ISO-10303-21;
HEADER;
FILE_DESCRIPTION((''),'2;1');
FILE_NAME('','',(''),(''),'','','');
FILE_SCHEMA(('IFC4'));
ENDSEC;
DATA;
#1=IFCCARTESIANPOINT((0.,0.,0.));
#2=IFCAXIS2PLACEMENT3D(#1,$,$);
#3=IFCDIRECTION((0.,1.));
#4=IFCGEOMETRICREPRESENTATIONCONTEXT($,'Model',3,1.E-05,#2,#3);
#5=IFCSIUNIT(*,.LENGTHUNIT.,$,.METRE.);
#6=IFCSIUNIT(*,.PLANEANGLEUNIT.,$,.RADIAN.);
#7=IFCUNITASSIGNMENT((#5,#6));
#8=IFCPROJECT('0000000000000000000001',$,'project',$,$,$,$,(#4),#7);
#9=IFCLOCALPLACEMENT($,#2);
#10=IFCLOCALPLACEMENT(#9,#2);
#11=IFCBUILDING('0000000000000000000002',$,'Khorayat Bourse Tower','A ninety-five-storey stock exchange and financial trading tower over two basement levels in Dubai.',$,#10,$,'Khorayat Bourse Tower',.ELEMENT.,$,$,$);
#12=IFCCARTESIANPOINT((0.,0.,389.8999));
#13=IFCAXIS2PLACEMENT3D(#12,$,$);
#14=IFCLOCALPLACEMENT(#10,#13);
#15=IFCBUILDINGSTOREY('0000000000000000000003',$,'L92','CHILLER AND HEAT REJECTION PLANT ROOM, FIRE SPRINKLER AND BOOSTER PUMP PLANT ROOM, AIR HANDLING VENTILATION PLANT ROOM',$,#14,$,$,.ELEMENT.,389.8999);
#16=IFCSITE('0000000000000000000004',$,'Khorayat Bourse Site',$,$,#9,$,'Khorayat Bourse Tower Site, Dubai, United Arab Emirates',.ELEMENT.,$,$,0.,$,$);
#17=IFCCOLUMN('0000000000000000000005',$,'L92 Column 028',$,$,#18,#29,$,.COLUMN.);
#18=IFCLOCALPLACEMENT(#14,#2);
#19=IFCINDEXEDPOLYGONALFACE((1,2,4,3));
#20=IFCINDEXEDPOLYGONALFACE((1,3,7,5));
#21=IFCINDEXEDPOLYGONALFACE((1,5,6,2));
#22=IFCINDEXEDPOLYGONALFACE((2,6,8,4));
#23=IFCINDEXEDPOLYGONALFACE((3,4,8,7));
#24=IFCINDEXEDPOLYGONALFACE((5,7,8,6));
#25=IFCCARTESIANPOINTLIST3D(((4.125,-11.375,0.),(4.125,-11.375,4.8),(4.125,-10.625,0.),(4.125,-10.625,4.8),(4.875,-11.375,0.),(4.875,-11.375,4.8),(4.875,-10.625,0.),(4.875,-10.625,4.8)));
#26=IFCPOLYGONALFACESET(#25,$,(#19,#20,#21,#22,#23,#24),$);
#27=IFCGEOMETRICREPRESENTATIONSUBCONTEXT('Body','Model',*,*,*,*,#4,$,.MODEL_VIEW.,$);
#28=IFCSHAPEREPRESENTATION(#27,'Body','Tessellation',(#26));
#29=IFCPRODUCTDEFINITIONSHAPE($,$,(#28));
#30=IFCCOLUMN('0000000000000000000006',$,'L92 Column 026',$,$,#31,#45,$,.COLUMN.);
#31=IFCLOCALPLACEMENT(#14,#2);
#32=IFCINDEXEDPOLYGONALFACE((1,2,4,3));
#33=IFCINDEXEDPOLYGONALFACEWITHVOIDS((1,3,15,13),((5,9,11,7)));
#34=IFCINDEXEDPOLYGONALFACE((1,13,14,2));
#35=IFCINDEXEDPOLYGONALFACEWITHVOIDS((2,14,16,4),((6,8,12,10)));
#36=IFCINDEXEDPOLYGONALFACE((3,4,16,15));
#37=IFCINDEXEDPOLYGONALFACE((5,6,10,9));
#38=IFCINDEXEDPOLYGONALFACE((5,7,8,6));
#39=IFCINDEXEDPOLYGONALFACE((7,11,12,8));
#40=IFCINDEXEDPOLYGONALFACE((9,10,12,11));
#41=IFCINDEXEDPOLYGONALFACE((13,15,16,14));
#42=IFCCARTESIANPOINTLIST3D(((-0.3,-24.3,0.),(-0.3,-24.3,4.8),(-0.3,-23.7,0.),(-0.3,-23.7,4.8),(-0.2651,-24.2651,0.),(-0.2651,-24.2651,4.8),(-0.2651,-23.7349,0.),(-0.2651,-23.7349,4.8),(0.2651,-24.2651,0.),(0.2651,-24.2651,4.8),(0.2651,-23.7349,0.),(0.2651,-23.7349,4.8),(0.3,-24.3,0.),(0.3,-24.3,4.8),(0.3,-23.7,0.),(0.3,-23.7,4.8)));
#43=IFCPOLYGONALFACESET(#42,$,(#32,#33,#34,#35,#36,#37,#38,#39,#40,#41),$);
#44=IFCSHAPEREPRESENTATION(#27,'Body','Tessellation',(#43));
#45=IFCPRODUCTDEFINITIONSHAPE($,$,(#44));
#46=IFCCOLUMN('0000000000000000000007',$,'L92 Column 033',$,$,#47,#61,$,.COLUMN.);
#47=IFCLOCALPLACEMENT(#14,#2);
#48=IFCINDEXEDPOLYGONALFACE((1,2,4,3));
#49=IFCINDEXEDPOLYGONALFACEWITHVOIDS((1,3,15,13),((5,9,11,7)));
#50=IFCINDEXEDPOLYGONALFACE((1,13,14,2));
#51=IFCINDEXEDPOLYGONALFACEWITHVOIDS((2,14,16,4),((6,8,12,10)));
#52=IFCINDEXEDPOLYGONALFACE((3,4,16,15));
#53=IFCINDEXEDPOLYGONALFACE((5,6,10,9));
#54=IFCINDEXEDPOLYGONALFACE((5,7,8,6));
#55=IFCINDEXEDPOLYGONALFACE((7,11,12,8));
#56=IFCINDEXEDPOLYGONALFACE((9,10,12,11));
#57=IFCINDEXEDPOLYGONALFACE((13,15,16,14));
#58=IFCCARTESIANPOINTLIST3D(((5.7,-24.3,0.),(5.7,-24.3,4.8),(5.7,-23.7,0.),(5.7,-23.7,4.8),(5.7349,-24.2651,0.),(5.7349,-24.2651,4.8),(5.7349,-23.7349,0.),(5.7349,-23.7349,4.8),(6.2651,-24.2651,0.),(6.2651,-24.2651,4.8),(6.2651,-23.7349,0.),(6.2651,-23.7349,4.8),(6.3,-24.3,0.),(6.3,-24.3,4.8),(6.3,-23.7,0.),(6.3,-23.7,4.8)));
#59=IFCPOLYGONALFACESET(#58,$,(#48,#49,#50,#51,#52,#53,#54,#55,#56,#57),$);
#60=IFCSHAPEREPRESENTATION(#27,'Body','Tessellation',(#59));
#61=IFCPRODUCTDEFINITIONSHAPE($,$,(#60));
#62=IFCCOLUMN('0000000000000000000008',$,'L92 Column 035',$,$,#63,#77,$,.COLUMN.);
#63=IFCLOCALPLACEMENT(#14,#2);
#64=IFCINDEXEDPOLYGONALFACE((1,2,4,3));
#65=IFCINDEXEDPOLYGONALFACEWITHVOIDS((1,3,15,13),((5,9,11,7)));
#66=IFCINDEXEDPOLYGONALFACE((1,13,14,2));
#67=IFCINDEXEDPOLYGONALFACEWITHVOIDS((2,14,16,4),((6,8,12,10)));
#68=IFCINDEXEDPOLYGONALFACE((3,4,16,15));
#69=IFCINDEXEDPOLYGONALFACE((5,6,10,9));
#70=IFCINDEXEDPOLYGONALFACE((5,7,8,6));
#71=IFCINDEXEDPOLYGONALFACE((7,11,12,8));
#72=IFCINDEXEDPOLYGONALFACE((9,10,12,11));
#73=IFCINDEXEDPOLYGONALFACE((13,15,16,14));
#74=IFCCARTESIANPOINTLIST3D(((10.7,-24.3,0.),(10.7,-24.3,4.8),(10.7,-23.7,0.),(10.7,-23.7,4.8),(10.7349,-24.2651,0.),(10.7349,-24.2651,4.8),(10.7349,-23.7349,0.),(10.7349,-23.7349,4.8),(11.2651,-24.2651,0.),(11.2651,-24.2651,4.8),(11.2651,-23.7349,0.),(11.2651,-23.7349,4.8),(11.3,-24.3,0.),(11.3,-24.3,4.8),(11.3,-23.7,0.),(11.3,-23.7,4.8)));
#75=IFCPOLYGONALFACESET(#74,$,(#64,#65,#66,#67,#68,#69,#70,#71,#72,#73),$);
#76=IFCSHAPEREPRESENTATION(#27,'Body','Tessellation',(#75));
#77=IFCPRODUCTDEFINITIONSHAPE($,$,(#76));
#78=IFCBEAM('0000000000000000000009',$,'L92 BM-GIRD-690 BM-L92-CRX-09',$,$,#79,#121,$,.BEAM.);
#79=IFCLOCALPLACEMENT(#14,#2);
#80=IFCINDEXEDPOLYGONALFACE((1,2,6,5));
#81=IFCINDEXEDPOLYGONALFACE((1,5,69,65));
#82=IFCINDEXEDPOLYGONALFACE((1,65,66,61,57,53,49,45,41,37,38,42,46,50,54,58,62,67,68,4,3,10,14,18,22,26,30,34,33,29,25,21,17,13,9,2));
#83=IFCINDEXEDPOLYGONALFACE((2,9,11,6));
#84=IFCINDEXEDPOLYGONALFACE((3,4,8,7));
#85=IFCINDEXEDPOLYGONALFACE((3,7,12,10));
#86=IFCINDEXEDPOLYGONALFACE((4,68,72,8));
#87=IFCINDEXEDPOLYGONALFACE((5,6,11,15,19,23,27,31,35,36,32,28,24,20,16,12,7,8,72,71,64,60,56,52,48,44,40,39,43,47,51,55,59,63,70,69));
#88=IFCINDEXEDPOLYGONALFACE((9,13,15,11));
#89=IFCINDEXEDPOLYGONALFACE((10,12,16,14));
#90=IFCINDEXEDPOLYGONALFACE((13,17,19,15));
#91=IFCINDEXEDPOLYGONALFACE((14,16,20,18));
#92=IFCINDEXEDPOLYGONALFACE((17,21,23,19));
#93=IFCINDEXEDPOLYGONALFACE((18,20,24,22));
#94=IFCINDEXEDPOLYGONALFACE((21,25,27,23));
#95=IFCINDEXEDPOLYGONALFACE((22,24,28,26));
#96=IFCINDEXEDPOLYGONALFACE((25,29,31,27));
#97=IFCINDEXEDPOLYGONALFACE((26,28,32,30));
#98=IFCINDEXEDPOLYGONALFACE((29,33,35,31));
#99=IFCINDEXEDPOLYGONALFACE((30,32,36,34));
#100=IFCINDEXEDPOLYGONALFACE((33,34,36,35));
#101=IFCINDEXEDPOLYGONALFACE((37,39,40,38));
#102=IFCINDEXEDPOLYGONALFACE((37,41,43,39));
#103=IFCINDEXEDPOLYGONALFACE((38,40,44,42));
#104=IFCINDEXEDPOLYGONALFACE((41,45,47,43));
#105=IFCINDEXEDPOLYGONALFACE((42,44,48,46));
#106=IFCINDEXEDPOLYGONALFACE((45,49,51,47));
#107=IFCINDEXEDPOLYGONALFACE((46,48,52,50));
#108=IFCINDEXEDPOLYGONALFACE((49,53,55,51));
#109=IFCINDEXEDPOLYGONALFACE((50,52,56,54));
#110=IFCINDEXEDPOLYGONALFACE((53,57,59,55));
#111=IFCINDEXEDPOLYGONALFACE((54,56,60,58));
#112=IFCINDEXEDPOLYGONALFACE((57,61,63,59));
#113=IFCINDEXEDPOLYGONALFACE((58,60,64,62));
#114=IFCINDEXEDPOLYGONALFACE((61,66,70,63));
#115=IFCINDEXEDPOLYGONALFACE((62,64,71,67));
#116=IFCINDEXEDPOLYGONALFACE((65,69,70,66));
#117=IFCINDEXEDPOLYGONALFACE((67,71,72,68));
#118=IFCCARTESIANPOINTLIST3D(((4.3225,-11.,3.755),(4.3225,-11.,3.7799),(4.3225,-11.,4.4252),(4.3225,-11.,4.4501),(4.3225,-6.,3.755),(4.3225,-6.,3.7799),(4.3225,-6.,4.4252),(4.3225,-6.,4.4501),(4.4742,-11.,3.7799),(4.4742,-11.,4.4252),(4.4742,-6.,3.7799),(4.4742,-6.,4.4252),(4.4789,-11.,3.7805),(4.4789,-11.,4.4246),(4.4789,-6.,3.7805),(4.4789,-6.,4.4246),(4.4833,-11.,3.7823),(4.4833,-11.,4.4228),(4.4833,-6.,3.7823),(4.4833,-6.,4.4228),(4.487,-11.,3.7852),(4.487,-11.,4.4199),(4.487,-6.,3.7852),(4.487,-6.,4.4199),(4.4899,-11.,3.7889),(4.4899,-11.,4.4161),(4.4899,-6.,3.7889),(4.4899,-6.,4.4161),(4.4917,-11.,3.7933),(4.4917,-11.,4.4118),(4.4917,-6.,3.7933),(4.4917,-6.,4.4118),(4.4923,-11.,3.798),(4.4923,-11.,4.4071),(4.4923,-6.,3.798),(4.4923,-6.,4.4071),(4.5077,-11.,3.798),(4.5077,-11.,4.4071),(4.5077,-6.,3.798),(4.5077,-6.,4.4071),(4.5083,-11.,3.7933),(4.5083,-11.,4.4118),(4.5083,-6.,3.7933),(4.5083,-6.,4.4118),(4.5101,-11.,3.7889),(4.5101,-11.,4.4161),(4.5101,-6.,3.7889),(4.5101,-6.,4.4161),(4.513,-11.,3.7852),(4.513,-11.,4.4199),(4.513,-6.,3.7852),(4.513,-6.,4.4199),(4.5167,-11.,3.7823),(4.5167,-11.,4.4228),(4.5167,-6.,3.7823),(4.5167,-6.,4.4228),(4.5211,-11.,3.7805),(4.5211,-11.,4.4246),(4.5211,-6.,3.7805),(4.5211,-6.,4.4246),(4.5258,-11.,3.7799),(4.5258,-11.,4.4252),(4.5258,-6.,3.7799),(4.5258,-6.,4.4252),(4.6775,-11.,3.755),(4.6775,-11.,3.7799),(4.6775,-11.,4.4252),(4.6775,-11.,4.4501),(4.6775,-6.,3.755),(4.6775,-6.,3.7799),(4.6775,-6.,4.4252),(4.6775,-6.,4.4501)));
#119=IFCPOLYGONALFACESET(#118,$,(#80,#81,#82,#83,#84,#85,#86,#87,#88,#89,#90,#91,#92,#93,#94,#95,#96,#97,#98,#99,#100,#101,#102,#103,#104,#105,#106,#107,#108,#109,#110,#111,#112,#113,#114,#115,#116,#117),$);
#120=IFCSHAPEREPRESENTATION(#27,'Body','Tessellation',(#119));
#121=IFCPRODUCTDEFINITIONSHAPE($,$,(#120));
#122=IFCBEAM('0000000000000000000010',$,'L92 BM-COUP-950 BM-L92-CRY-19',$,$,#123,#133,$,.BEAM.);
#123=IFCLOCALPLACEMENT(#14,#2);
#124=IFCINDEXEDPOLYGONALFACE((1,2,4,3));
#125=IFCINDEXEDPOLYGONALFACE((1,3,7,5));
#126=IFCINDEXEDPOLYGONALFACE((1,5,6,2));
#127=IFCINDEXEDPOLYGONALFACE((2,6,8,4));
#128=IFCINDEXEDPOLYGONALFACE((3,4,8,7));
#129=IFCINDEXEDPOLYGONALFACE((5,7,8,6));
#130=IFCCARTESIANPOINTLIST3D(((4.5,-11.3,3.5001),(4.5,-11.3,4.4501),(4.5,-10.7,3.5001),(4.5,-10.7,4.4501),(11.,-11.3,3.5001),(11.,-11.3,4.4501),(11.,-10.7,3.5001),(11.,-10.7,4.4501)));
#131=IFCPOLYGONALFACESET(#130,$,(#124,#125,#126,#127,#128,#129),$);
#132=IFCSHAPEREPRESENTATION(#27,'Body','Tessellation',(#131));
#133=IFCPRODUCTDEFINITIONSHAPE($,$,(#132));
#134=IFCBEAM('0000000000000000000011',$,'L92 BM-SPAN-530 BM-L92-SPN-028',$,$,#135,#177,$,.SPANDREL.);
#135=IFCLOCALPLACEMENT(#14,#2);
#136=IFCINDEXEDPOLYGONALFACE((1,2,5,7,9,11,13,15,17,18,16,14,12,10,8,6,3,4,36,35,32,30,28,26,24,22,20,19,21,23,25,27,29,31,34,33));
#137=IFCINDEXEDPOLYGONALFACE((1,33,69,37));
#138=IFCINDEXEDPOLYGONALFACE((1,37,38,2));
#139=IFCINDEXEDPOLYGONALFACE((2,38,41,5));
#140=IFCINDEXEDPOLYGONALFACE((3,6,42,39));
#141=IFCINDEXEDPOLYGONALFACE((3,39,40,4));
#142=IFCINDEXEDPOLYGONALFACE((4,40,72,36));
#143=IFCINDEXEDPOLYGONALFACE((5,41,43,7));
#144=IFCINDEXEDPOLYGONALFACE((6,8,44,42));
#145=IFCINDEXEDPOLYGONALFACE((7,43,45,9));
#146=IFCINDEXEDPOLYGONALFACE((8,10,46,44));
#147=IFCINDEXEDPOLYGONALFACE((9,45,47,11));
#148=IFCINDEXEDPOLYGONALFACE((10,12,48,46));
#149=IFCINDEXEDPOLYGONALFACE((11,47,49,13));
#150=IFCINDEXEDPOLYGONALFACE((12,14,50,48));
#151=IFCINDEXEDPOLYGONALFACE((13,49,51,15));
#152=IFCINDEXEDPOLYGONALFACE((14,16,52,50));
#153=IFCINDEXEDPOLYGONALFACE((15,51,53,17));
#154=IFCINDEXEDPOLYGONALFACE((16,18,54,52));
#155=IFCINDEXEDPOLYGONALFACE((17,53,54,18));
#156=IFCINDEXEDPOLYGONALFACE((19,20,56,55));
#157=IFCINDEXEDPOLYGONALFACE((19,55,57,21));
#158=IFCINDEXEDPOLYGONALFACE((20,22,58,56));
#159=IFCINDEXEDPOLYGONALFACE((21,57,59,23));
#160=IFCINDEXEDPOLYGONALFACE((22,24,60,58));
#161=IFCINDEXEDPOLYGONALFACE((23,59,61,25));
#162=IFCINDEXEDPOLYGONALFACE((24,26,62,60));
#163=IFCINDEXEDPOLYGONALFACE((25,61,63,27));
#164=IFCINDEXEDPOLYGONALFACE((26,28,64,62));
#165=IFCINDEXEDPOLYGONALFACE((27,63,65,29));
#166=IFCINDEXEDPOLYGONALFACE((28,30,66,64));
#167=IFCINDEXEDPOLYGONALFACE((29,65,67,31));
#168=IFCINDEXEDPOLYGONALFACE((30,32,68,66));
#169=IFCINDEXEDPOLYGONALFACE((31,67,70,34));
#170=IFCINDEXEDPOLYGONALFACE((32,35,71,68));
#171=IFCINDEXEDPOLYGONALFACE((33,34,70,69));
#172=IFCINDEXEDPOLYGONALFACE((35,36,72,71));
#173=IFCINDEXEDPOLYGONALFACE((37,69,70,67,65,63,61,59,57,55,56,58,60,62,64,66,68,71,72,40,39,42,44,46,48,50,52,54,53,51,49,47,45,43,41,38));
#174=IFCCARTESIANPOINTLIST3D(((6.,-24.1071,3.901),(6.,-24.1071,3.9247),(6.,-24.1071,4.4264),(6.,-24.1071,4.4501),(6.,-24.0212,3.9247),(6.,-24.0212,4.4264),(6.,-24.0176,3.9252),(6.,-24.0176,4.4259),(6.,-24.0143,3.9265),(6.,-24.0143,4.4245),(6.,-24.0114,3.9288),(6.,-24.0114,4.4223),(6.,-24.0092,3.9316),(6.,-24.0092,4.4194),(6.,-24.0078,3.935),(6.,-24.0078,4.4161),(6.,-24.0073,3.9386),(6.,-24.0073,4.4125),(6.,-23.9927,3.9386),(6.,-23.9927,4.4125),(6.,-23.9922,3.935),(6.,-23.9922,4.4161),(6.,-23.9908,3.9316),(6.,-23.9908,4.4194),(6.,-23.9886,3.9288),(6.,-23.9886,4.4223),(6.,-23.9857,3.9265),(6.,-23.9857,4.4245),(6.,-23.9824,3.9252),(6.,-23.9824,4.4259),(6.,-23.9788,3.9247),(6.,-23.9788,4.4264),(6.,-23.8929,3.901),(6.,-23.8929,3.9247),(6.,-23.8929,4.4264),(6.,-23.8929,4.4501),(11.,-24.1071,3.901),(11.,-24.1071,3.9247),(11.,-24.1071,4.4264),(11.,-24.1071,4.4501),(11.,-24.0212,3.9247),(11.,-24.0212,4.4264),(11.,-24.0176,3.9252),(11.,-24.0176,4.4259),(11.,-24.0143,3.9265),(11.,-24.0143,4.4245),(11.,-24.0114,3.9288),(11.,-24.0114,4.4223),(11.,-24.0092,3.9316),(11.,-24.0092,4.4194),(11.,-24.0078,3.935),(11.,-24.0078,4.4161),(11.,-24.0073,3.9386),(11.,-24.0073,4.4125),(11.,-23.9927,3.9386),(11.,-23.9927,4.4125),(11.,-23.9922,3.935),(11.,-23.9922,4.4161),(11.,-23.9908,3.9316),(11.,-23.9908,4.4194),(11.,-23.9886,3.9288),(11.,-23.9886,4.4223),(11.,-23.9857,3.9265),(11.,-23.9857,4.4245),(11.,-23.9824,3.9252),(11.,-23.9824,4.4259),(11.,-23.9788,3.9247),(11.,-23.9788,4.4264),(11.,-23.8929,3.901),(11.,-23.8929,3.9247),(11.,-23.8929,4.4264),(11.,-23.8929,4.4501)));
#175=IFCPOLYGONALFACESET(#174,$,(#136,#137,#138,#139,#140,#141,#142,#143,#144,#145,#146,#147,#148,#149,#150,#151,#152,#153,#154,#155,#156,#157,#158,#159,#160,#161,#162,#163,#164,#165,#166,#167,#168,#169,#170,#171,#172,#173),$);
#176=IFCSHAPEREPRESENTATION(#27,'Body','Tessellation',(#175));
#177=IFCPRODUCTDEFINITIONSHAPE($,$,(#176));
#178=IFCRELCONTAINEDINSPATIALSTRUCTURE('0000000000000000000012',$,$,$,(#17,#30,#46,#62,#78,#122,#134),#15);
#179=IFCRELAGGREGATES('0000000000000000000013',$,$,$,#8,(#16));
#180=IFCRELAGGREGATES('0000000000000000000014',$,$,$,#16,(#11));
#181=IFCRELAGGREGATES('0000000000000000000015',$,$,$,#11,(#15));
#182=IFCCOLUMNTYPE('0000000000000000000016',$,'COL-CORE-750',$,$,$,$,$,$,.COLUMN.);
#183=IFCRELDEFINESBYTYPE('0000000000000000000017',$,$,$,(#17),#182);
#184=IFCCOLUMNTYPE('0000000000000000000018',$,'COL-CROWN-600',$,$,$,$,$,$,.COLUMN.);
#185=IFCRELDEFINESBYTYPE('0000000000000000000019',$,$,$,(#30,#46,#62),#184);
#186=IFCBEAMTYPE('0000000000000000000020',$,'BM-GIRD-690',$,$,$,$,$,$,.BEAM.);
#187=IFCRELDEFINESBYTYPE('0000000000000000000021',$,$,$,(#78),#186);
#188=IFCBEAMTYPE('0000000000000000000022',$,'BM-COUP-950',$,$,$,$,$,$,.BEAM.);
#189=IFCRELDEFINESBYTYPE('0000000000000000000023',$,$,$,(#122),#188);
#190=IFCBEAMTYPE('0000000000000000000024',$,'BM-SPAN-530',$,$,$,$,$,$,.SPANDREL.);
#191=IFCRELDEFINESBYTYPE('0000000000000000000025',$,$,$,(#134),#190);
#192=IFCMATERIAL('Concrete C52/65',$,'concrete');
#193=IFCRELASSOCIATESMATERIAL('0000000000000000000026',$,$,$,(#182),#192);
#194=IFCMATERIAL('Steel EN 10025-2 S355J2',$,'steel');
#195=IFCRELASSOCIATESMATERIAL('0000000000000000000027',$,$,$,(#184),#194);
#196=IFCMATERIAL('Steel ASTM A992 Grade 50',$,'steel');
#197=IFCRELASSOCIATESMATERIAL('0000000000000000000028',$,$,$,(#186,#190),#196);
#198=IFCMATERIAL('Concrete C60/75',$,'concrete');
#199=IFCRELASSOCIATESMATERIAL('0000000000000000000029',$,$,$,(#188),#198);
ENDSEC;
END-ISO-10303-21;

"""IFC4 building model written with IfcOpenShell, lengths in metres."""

from ifc_helpers import new_model, si_unit, direction, frame, origin, origin_2d, place, context, subcontext, project, spatial, rectangle, hollow_rectangle, i_section, extrude, source, transform, mapped, material, material_profile, profile_set, type_object, element, save


model = new_model("IFC4")

# Units and contexts
model_context = context("Model", 3, precision=1e-05, world=origin(), true_north=direction((0.0, 1.0)))
body_context = subcontext(model_context, "Body", "Model", "MODEL_VIEW")
ifc_project = project(units=[si_unit("LENGTHUNIT", "METRE"), si_unit("PLANEANGLEUNIT", "RADIAN")], contexts=[model_context])

# Site, building, storey
site_placement = place(None, origin())
site = spatial("IfcSite", under=ifc_project, at=site_placement, Name="Khorayat Bourse Site", LongName="Khorayat Bourse Tower Site, Dubai, United Arab Emirates", CompositionType="ELEMENT", RefElevation=0.0)
building_placement = place(site_placement, origin())
building = spatial("IfcBuilding", under=site, at=building_placement, Name="Khorayat Bourse Tower", Description="A ninety-five-storey stock exchange and financial trading tower over two basement levels in Dubai.", LongName="Khorayat Bourse Tower", CompositionType="ELEMENT")
storey_placement = place(building_placement, frame((0.0, 0.0, 389.8999)))
storey = spatial("IfcBuildingStorey", under=building, at=storey_placement, Name="L92", Description="CHILLER AND HEAT REJECTION PLANT ROOM, FIRE SPRINKLER AND BOOSTER PUMP PLANT ROOM, AIR HANDLING VENTILATION PLANT ROOM", CompositionType="ELEMENT", Elevation=389.8999)

# Columns
ifc_material_1 = material(Name="Concrete C52/65", Category="concrete")
ifc_material_profile_1 = material_profile(ifc_material_1, rectangle(XDim=0.75, YDim=0.75, at=origin_2d()), Name="RC 750x750")
ifc_profile_set_1 = profile_set([ifc_material_profile_1], Name="Concrete C52/65")
column_type_1 = type_object("IfcColumnType", Name="COL-CORE-750", PredefinedType="COLUMN", material=ifc_profile_set_1)
shared_shape_1 = source(origin(), body_context, "Body", "SweptSolid", [
    extrude(rectangle(XDim=0.75, YDim=0.75, at=origin_2d()), origin(), (0.0, 0.0, 1.0), 4.8),
])
column_placement = place(storey_placement, frame((4.5, -11.0, 0.0), z_axis=(0.0, 0.0, 1.0), x_axis=(1.0, 0.0, 0.0)))
element("IfcColumn", 1, at=column_placement, inside=storey, type_object=column_type_1, Name="L92 Column 028", PredefinedType="COLUMN", context=body_context, shape_type="MappedRepresentation", body=[
    mapped(shared_shape_1, transform((0.0, 0.0, 0.0), scale=1.0)),
])
ifc_material_2 = material(Name="Steel EN 10025-2 S355J2", Category="steel")
ifc_material_profile_2 = material_profile(ifc_material_2, hollow_rectangle(XDim=0.6001, YDim=0.6001, WallThickness=0.0349, at=origin_2d()), Name="BOX 600x600x35")
ifc_profile_set_2 = profile_set([ifc_material_profile_2], Name="Steel EN 10025-2 S355J2")
column_type_2 = type_object("IfcColumnType", Name="COL-CROWN-600", PredefinedType="COLUMN", material=ifc_profile_set_2)
shared_shape_2 = source(origin(), body_context, "Body", "SweptSolid", [
    extrude(hollow_rectangle(XDim=0.6001, YDim=0.6001, WallThickness=0.0349, at=origin_2d()), origin(), (0.0, 0.0, 1.0), 4.8),
])
for number, where, z_axis, x_axis, name in (
    (2, (0.0, -24.0, 0.0), (0.0, 0.0, 1.0), (1.0, 0.0, 0.0), "L92 Column 026"),
    (3, (6.0, -24.0, 0.0), (0.0, 0.0, 1.0), (1.0, 0.0, 0.0), "L92 Column 033"),
    (4, (11.0, -24.0, 0.0), (0.0, 0.0, 1.0), (1.0, 0.0, 0.0), "L92 Column 035"),
):
    element("IfcColumn", number, at=place(storey_placement, frame(where, z_axis=z_axis, x_axis=x_axis)), inside=storey, type_object=column_type_2, Name=name, PredefinedType="COLUMN", context=body_context, shape_type="MappedRepresentation", body=[
        mapped(shared_shape_2, transform((0.0, 0.0, 0.0), scale=1.0)),
    ])

# Beams
ifc_material_3 = material(Name="Steel ASTM A992 Grade 50", Category="steel")
ifc_material_profile_3 = material_profile(ifc_material_3, i_section(OverallWidth=0.355, OverallDepth=0.6951, WebThickness=0.0154, FlangeThickness=0.0249, FilletRadius=0.0181, at=origin_2d()), Name="W690X217")
ifc_profile_set_3 = profile_set([ifc_material_profile_3], Name="Steel ASTM A992 Grade 50")
beam_type_1 = type_object("IfcBeamType", Name="BM-GIRD-690", PredefinedType="BEAM", material=ifc_profile_set_3)
shared_shape_3 = source(origin(), body_context, "Body", "SweptSolid", [
    extrude(i_section(OverallWidth=0.355, OverallDepth=0.6951, WebThickness=0.0154, FlangeThickness=0.0249, FilletRadius=0.0181, at=origin_2d()), origin(), (0.0, 0.0, 1.0), 5.0),
])
beam_1_placement = place(storey_placement, frame((4.5, -11.0, 4.1025), z_axis=(0.0, 1.0, 0.0), x_axis=(-1.0, 0.0, 0.0)))
element("IfcBeam", 5, at=beam_1_placement, inside=storey, type_object=beam_type_1, Name="L92 BM-GIRD-690 BM-L92-CRX-09", PredefinedType="BEAM", context=body_context, shape_type="MappedRepresentation", body=[
    mapped(shared_shape_3, transform((0.0, 0.0, 0.0), scale=1.0)),
])
ifc_material_4 = material(Name="Concrete C60/75", Category="concrete")
ifc_material_profile_4 = material_profile(ifc_material_4, rectangle(XDim=0.6001, YDim=0.95, at=origin_2d()), Name="RC 600x950")
ifc_profile_set_4 = profile_set([ifc_material_profile_4], Name="Concrete C60/75")
beam_type_2 = type_object("IfcBeamType", Name="BM-COUP-950", PredefinedType="BEAM", material=ifc_profile_set_4)
shared_shape_4 = source(origin(), body_context, "Body", "SweptSolid", [
    extrude(rectangle(XDim=0.6001, YDim=0.95, at=origin_2d()), origin(), (0.0, 0.0, 1.0), 6.5),
])
beam_2_placement = place(storey_placement, frame((4.5, -11.0, 3.9751), z_axis=(1.0, 0.0, 0.0), x_axis=(0.0, 1.0, 0.0)))
element("IfcBeam", 6, at=beam_2_placement, inside=storey, type_object=beam_type_2, Name="L92 BM-COUP-950 BM-L92-CRY-19", PredefinedType="BEAM", context=body_context, shape_type="MappedRepresentation", body=[
    mapped(shared_shape_4, transform((0.0, 0.0, 0.0), scale=1.0)),
])
ifc_material_profile_5 = material_profile(ifc_material_3, i_section(OverallWidth=0.2141, OverallDepth=0.5491, WebThickness=0.0146, FlangeThickness=0.0237, FilletRadius=0.0139, at=origin_2d()), Name="W530X138")
ifc_profile_set_5 = profile_set([ifc_material_profile_5], Name="Steel ASTM A992 Grade 50")
beam_type_3 = type_object("IfcBeamType", Name="BM-SPAN-530", PredefinedType="SPANDREL", material=ifc_profile_set_5)
shared_shape_5 = source(origin(), body_context, "Body", "SweptSolid", [
    extrude(i_section(OverallWidth=0.2141, OverallDepth=0.5491, WebThickness=0.0146, FlangeThickness=0.0237, FilletRadius=0.0139, at=origin_2d()), origin(), (0.0, 0.0, 1.0), 5.0),
])
beam_3_placement = place(storey_placement, frame((6.0, -24.0, 4.1755), z_axis=(1.0, 0.0, 0.0), x_axis=(0.0, 1.0, 0.0)))
element("IfcBeam", 7, at=beam_3_placement, inside=storey, type_object=beam_type_3, Name="L92 BM-SPAN-530 BM-L92-SPN-028", PredefinedType="SPANDREL", context=body_context, shape_type="MappedRepresentation", body=[
    mapped(shared_shape_5, transform((0.0, 0.0, 0.0), scale=1.0)),
])

save(model, "model.ifc")
